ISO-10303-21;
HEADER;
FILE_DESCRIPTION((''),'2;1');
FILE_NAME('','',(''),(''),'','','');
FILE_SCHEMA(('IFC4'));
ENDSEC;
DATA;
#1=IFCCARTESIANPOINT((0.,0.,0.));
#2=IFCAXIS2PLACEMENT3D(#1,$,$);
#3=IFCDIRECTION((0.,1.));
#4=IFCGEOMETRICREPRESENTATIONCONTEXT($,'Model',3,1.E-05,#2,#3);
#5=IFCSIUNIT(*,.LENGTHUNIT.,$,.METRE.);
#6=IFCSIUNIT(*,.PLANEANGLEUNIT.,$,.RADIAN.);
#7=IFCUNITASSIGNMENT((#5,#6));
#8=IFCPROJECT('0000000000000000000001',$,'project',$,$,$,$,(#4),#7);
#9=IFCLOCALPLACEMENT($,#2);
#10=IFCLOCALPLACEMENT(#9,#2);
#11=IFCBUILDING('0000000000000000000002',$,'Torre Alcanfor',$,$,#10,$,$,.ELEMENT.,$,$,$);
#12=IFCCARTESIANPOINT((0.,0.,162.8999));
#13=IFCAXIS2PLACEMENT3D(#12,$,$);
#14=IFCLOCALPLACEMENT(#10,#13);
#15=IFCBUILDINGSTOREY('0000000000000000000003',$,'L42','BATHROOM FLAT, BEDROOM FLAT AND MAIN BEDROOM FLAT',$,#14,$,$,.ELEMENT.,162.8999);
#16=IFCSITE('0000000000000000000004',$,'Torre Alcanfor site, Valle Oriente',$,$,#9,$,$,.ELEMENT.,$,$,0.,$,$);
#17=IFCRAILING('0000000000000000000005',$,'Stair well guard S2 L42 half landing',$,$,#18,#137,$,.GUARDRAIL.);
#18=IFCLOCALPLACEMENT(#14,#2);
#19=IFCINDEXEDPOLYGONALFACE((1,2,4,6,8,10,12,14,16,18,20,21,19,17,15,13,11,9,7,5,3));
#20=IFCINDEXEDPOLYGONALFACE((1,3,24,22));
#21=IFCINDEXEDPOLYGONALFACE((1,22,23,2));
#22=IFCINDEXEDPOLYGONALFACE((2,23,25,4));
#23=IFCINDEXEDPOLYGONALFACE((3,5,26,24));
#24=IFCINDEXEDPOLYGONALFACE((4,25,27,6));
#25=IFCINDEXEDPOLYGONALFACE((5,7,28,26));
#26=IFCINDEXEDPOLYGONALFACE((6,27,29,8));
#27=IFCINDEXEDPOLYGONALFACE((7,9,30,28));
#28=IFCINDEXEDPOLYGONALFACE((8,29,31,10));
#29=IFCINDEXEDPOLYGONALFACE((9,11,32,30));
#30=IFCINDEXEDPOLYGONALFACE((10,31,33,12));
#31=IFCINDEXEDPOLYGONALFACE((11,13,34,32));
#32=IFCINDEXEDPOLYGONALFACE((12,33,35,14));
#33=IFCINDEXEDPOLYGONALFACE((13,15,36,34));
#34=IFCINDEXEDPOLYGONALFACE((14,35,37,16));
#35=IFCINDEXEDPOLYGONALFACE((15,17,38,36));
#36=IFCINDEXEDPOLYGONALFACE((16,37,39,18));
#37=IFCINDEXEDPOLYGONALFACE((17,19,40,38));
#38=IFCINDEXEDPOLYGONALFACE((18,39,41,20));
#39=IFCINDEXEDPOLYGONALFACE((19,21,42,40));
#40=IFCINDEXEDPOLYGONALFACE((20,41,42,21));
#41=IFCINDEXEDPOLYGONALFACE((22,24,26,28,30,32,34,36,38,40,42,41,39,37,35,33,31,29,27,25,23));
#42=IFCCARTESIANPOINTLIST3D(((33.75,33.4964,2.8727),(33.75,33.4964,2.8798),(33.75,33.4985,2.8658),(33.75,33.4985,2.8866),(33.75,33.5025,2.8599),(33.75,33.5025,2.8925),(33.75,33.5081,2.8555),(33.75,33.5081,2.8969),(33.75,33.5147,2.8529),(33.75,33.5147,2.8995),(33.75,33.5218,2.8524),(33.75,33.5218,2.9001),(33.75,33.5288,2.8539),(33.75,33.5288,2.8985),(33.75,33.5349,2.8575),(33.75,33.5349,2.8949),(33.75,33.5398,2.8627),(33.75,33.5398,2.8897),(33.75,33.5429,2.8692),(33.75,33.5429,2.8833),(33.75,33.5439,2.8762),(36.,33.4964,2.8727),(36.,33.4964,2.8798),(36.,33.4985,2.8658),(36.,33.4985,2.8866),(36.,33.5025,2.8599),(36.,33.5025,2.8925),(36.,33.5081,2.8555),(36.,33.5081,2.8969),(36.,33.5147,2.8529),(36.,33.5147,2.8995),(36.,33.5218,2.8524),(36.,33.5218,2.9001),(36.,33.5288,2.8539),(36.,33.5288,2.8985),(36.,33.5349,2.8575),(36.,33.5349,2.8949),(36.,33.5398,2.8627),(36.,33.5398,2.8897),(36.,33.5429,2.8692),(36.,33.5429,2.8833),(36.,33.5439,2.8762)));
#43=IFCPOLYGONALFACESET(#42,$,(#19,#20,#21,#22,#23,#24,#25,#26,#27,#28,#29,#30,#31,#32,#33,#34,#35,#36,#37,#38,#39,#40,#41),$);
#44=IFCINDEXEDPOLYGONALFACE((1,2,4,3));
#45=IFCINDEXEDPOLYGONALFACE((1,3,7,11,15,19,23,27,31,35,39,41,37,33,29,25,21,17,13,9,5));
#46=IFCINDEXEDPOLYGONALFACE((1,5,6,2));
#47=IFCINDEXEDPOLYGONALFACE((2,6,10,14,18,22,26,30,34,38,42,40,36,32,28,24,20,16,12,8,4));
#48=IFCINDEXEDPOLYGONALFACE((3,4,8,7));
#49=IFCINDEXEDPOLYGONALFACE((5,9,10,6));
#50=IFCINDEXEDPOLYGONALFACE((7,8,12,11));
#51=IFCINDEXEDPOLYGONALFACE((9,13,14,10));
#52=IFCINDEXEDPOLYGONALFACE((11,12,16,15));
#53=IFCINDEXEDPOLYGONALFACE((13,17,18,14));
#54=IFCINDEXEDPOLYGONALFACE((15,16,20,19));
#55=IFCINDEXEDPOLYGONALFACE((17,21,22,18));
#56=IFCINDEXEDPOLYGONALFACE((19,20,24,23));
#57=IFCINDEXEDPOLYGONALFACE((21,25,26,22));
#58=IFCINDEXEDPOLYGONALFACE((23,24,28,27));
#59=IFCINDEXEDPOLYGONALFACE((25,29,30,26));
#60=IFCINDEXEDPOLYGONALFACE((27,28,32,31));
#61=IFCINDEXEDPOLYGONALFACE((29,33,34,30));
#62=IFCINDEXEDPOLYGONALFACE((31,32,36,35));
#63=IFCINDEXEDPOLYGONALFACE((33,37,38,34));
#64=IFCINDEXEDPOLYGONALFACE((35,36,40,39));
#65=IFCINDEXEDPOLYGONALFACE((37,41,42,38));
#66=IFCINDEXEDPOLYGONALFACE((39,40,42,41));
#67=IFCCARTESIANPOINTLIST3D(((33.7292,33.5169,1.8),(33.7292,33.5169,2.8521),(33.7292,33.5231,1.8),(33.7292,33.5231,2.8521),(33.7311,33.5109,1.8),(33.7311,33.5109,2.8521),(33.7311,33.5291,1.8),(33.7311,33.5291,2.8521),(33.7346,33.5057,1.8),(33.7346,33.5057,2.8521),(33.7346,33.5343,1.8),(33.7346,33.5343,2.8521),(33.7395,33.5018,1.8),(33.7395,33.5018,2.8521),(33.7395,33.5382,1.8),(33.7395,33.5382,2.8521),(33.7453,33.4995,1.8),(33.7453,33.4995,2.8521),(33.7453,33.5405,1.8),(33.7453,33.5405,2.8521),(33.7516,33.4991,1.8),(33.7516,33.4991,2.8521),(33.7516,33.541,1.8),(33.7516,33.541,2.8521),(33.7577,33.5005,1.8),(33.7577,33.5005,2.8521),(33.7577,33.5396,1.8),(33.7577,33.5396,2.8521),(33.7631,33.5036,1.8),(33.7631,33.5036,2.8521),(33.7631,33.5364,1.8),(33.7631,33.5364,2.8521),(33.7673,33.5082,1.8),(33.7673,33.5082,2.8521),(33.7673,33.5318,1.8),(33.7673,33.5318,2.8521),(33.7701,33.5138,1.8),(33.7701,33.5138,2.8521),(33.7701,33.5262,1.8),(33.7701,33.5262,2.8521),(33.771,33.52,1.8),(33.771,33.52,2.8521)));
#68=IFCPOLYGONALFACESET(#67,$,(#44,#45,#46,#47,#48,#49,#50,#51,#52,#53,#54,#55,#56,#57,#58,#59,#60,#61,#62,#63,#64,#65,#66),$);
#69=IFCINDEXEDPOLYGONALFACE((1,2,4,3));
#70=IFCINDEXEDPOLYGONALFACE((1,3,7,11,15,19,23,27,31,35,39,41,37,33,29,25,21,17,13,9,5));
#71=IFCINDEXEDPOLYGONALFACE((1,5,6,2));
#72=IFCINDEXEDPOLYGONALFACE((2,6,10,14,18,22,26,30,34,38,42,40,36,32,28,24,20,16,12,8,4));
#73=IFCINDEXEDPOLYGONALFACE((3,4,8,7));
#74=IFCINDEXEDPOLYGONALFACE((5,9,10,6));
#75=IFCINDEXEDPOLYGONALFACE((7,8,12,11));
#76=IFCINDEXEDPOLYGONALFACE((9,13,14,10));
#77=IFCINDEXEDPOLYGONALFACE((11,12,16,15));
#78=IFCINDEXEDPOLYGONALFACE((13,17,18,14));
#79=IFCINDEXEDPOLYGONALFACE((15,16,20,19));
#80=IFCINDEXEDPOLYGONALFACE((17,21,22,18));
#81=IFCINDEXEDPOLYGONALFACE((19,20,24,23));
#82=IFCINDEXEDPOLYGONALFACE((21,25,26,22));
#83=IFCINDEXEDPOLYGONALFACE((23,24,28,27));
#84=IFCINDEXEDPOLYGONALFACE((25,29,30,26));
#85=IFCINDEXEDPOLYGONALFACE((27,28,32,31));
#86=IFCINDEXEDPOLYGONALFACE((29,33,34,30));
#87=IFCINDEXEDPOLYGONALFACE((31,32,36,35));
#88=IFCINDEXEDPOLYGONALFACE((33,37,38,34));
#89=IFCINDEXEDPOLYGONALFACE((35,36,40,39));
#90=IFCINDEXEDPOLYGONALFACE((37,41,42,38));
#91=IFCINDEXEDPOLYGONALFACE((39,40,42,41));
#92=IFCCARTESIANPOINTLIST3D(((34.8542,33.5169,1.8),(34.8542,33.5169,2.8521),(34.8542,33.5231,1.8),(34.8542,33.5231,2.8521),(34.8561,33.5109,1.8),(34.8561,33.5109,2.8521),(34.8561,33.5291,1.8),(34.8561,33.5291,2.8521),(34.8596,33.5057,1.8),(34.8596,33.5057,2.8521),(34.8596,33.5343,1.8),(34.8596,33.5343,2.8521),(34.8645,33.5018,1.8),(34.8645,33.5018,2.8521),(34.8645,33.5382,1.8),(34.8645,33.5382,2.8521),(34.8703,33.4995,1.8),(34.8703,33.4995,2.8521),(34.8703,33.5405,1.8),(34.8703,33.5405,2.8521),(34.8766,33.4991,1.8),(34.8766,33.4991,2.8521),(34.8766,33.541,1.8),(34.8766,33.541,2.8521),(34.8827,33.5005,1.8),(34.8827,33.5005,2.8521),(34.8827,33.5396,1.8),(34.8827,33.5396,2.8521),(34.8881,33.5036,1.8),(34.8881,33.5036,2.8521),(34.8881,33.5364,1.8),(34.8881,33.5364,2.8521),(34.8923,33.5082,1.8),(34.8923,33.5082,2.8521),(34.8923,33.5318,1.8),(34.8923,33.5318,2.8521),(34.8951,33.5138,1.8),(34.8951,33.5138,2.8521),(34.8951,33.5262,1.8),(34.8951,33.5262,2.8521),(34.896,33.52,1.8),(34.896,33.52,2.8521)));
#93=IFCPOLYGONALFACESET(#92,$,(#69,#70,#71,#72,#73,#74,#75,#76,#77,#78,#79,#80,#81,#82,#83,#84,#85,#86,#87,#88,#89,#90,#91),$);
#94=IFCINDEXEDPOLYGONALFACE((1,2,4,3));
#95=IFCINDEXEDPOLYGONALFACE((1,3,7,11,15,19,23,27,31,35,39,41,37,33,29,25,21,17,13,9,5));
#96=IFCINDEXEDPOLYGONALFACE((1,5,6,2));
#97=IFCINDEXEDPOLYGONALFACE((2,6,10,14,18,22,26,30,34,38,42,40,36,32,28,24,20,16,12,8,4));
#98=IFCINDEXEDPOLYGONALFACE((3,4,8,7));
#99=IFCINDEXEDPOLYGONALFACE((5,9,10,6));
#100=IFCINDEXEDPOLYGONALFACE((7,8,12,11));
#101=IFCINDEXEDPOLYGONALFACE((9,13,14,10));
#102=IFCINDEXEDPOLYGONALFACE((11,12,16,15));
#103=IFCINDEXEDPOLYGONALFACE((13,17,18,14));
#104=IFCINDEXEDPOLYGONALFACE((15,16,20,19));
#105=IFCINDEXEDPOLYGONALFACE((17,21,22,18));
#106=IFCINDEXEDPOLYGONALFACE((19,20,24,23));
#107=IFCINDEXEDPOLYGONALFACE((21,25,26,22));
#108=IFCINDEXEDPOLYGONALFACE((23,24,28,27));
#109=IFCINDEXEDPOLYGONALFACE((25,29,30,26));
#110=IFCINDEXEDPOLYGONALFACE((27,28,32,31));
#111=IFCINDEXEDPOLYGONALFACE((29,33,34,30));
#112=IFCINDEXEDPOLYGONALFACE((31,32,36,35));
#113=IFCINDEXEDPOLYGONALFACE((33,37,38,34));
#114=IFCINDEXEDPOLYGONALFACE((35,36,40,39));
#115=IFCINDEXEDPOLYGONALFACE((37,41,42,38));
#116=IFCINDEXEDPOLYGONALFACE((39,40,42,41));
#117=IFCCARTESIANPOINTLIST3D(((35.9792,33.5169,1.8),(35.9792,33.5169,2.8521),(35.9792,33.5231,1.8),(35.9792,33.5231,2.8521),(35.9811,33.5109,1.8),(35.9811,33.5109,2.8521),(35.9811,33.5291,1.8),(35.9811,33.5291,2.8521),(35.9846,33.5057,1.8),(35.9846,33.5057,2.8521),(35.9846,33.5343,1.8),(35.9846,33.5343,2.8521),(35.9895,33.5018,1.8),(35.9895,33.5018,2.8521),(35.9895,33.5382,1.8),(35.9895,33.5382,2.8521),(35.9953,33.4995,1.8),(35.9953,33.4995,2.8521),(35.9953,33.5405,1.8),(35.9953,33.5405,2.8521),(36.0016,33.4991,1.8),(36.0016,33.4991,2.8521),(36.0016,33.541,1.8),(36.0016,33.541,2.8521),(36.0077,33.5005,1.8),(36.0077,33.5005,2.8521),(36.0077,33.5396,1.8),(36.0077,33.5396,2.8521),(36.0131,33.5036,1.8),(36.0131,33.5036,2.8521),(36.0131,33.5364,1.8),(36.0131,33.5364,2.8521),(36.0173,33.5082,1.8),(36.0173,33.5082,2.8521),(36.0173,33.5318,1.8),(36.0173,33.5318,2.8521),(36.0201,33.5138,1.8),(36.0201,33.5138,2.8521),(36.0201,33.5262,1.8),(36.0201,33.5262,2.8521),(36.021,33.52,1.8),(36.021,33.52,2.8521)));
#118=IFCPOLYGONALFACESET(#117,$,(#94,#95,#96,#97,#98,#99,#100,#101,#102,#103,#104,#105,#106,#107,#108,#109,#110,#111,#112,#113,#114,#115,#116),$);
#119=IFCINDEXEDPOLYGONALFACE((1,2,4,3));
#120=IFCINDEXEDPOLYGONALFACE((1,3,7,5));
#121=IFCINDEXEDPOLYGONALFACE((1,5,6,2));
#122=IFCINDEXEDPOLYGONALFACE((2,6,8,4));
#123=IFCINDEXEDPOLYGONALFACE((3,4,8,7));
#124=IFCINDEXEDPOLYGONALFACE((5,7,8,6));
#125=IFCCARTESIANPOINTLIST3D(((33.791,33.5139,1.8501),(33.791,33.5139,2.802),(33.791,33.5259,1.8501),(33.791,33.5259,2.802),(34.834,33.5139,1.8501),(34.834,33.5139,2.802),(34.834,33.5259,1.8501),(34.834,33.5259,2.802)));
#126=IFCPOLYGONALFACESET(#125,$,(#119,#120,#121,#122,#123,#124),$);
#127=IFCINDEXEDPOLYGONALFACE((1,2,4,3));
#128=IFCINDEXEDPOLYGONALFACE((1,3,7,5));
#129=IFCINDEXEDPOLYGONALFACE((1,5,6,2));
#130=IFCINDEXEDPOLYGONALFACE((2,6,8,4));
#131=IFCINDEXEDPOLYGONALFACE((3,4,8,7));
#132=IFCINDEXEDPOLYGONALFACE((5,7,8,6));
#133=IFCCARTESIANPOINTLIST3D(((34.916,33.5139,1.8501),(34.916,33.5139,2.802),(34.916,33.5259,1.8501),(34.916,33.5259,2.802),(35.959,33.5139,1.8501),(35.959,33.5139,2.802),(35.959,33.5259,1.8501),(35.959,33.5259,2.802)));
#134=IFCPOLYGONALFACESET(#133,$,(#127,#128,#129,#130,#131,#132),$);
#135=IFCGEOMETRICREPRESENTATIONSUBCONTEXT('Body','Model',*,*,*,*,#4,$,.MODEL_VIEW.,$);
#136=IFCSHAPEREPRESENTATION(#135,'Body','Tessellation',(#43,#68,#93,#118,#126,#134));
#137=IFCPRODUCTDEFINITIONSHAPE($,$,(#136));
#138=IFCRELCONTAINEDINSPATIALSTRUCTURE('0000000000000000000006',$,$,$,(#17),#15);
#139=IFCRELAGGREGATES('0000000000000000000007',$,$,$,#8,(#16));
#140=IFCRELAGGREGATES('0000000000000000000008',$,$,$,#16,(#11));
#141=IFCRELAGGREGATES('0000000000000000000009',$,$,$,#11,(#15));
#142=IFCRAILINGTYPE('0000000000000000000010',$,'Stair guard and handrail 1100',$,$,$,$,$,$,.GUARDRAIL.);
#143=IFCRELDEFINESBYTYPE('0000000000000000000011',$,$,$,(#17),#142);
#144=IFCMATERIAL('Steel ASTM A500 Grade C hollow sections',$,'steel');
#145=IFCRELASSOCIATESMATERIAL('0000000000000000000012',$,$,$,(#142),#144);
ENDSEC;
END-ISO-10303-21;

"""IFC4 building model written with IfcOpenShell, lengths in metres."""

from ifc_helpers import new_model, si_unit, direction, frame, origin, origin_2d, place, context, subcontext, project, spatial, polyline, circle, outline, extrude, material, type_object, element, save


model = new_model("IFC4")

# Units and contexts
model_context = context("Model", 3, precision=1e-05, world=origin(), true_north=direction((0.0, 1.0)))
body_context = subcontext(model_context, "Body", "Model", "MODEL_VIEW")
ifc_project = project(units=[si_unit("LENGTHUNIT", "METRE"), si_unit("PLANEANGLEUNIT", "RADIAN")], contexts=[model_context])

# Site, building, storey
site_placement = place(None, origin())
site = spatial("IfcSite", under=ifc_project, at=site_placement, Name="Torre Alcanfor site, Valle Oriente", CompositionType="ELEMENT", RefElevation=0.0)
building_placement = place(site_placement, origin())
building = spatial("IfcBuilding", under=site, at=building_placement, Name="Torre Alcanfor", CompositionType="ELEMENT")
storey_placement = place(building_placement, frame((0.0, 0.0, 162.8999)))
storey = spatial("IfcBuildingStorey", under=building, at=storey_placement, Name="L42", Description="BATHROOM FLAT, BEDROOM FLAT AND MAIN BEDROOM FLAT", CompositionType="ELEMENT", Elevation=162.8999)

# Railing
ifc_material_1 = material(Name="Steel ASTM A500 Grade C hollow sections", Category="steel")
railing_type_1 = type_object("IfcRailingType", Name="Stair guard and handrail 1100", PredefinedType="GUARDRAIL", material=ifc_material_1)
for number, where, name in (
    (1, (33.75, 33.52, 1.8), "Stair well guard S2 L42 half landing"),
):
    element("IfcRailing", number, at=place(storey_placement, frame(where)), inside=storey, type_object=railing_type_1, Name=name, PredefinedType="GUARDRAIL", context=body_context, shape_type="SweptSolid", body=[
        extrude(circle(Radius=0.0239, at=origin_2d()), frame((0.0, 0.0, 1.0762), z_axis=(1.0, 0.0, 0.0), x_axis=(0.0, 1.0, 0.0)), (0.0, 0.0, 1.0), 2.25),
        extrude(circle(Radius=0.021, at=origin_2d()), origin(), (0.0, 0.0, 1.0), 1.052),
        extrude(circle(Radius=0.021, at=origin_2d()), frame((1.125, 0.0, 0.0)), (0.0, 0.0, 1.0), 1.052),
        extrude(circle(Radius=0.021, at=origin_2d()), frame((2.25, 0.0, 0.0)), (0.0, 0.0, 1.0), 1.052),
        extrude(outline(polyline([(0.041, 0.05), (1.084, 0.05), (1.084, 1.002), (0.041, 1.002), (0.041, 0.05)])), frame((0.0, 0.0059, 0.0), z_axis=(0.0, -1.0, 0.0), x_axis=(1.0, 0.0, 0.0)), (0.0, 0.0, 1.0), 0.012),
        extrude(outline(polyline([(1.166, 0.05), (2.209, 0.05), (2.209, 1.002), (1.166, 1.002), (1.166, 0.05)])), frame((0.0, 0.0059, 0.0), z_axis=(0.0, -1.0, 0.0), x_axis=(1.0, 0.0, 0.0)), (0.0, 0.0, 1.0), 0.012),
    ])

save(model, "model.ifc")
